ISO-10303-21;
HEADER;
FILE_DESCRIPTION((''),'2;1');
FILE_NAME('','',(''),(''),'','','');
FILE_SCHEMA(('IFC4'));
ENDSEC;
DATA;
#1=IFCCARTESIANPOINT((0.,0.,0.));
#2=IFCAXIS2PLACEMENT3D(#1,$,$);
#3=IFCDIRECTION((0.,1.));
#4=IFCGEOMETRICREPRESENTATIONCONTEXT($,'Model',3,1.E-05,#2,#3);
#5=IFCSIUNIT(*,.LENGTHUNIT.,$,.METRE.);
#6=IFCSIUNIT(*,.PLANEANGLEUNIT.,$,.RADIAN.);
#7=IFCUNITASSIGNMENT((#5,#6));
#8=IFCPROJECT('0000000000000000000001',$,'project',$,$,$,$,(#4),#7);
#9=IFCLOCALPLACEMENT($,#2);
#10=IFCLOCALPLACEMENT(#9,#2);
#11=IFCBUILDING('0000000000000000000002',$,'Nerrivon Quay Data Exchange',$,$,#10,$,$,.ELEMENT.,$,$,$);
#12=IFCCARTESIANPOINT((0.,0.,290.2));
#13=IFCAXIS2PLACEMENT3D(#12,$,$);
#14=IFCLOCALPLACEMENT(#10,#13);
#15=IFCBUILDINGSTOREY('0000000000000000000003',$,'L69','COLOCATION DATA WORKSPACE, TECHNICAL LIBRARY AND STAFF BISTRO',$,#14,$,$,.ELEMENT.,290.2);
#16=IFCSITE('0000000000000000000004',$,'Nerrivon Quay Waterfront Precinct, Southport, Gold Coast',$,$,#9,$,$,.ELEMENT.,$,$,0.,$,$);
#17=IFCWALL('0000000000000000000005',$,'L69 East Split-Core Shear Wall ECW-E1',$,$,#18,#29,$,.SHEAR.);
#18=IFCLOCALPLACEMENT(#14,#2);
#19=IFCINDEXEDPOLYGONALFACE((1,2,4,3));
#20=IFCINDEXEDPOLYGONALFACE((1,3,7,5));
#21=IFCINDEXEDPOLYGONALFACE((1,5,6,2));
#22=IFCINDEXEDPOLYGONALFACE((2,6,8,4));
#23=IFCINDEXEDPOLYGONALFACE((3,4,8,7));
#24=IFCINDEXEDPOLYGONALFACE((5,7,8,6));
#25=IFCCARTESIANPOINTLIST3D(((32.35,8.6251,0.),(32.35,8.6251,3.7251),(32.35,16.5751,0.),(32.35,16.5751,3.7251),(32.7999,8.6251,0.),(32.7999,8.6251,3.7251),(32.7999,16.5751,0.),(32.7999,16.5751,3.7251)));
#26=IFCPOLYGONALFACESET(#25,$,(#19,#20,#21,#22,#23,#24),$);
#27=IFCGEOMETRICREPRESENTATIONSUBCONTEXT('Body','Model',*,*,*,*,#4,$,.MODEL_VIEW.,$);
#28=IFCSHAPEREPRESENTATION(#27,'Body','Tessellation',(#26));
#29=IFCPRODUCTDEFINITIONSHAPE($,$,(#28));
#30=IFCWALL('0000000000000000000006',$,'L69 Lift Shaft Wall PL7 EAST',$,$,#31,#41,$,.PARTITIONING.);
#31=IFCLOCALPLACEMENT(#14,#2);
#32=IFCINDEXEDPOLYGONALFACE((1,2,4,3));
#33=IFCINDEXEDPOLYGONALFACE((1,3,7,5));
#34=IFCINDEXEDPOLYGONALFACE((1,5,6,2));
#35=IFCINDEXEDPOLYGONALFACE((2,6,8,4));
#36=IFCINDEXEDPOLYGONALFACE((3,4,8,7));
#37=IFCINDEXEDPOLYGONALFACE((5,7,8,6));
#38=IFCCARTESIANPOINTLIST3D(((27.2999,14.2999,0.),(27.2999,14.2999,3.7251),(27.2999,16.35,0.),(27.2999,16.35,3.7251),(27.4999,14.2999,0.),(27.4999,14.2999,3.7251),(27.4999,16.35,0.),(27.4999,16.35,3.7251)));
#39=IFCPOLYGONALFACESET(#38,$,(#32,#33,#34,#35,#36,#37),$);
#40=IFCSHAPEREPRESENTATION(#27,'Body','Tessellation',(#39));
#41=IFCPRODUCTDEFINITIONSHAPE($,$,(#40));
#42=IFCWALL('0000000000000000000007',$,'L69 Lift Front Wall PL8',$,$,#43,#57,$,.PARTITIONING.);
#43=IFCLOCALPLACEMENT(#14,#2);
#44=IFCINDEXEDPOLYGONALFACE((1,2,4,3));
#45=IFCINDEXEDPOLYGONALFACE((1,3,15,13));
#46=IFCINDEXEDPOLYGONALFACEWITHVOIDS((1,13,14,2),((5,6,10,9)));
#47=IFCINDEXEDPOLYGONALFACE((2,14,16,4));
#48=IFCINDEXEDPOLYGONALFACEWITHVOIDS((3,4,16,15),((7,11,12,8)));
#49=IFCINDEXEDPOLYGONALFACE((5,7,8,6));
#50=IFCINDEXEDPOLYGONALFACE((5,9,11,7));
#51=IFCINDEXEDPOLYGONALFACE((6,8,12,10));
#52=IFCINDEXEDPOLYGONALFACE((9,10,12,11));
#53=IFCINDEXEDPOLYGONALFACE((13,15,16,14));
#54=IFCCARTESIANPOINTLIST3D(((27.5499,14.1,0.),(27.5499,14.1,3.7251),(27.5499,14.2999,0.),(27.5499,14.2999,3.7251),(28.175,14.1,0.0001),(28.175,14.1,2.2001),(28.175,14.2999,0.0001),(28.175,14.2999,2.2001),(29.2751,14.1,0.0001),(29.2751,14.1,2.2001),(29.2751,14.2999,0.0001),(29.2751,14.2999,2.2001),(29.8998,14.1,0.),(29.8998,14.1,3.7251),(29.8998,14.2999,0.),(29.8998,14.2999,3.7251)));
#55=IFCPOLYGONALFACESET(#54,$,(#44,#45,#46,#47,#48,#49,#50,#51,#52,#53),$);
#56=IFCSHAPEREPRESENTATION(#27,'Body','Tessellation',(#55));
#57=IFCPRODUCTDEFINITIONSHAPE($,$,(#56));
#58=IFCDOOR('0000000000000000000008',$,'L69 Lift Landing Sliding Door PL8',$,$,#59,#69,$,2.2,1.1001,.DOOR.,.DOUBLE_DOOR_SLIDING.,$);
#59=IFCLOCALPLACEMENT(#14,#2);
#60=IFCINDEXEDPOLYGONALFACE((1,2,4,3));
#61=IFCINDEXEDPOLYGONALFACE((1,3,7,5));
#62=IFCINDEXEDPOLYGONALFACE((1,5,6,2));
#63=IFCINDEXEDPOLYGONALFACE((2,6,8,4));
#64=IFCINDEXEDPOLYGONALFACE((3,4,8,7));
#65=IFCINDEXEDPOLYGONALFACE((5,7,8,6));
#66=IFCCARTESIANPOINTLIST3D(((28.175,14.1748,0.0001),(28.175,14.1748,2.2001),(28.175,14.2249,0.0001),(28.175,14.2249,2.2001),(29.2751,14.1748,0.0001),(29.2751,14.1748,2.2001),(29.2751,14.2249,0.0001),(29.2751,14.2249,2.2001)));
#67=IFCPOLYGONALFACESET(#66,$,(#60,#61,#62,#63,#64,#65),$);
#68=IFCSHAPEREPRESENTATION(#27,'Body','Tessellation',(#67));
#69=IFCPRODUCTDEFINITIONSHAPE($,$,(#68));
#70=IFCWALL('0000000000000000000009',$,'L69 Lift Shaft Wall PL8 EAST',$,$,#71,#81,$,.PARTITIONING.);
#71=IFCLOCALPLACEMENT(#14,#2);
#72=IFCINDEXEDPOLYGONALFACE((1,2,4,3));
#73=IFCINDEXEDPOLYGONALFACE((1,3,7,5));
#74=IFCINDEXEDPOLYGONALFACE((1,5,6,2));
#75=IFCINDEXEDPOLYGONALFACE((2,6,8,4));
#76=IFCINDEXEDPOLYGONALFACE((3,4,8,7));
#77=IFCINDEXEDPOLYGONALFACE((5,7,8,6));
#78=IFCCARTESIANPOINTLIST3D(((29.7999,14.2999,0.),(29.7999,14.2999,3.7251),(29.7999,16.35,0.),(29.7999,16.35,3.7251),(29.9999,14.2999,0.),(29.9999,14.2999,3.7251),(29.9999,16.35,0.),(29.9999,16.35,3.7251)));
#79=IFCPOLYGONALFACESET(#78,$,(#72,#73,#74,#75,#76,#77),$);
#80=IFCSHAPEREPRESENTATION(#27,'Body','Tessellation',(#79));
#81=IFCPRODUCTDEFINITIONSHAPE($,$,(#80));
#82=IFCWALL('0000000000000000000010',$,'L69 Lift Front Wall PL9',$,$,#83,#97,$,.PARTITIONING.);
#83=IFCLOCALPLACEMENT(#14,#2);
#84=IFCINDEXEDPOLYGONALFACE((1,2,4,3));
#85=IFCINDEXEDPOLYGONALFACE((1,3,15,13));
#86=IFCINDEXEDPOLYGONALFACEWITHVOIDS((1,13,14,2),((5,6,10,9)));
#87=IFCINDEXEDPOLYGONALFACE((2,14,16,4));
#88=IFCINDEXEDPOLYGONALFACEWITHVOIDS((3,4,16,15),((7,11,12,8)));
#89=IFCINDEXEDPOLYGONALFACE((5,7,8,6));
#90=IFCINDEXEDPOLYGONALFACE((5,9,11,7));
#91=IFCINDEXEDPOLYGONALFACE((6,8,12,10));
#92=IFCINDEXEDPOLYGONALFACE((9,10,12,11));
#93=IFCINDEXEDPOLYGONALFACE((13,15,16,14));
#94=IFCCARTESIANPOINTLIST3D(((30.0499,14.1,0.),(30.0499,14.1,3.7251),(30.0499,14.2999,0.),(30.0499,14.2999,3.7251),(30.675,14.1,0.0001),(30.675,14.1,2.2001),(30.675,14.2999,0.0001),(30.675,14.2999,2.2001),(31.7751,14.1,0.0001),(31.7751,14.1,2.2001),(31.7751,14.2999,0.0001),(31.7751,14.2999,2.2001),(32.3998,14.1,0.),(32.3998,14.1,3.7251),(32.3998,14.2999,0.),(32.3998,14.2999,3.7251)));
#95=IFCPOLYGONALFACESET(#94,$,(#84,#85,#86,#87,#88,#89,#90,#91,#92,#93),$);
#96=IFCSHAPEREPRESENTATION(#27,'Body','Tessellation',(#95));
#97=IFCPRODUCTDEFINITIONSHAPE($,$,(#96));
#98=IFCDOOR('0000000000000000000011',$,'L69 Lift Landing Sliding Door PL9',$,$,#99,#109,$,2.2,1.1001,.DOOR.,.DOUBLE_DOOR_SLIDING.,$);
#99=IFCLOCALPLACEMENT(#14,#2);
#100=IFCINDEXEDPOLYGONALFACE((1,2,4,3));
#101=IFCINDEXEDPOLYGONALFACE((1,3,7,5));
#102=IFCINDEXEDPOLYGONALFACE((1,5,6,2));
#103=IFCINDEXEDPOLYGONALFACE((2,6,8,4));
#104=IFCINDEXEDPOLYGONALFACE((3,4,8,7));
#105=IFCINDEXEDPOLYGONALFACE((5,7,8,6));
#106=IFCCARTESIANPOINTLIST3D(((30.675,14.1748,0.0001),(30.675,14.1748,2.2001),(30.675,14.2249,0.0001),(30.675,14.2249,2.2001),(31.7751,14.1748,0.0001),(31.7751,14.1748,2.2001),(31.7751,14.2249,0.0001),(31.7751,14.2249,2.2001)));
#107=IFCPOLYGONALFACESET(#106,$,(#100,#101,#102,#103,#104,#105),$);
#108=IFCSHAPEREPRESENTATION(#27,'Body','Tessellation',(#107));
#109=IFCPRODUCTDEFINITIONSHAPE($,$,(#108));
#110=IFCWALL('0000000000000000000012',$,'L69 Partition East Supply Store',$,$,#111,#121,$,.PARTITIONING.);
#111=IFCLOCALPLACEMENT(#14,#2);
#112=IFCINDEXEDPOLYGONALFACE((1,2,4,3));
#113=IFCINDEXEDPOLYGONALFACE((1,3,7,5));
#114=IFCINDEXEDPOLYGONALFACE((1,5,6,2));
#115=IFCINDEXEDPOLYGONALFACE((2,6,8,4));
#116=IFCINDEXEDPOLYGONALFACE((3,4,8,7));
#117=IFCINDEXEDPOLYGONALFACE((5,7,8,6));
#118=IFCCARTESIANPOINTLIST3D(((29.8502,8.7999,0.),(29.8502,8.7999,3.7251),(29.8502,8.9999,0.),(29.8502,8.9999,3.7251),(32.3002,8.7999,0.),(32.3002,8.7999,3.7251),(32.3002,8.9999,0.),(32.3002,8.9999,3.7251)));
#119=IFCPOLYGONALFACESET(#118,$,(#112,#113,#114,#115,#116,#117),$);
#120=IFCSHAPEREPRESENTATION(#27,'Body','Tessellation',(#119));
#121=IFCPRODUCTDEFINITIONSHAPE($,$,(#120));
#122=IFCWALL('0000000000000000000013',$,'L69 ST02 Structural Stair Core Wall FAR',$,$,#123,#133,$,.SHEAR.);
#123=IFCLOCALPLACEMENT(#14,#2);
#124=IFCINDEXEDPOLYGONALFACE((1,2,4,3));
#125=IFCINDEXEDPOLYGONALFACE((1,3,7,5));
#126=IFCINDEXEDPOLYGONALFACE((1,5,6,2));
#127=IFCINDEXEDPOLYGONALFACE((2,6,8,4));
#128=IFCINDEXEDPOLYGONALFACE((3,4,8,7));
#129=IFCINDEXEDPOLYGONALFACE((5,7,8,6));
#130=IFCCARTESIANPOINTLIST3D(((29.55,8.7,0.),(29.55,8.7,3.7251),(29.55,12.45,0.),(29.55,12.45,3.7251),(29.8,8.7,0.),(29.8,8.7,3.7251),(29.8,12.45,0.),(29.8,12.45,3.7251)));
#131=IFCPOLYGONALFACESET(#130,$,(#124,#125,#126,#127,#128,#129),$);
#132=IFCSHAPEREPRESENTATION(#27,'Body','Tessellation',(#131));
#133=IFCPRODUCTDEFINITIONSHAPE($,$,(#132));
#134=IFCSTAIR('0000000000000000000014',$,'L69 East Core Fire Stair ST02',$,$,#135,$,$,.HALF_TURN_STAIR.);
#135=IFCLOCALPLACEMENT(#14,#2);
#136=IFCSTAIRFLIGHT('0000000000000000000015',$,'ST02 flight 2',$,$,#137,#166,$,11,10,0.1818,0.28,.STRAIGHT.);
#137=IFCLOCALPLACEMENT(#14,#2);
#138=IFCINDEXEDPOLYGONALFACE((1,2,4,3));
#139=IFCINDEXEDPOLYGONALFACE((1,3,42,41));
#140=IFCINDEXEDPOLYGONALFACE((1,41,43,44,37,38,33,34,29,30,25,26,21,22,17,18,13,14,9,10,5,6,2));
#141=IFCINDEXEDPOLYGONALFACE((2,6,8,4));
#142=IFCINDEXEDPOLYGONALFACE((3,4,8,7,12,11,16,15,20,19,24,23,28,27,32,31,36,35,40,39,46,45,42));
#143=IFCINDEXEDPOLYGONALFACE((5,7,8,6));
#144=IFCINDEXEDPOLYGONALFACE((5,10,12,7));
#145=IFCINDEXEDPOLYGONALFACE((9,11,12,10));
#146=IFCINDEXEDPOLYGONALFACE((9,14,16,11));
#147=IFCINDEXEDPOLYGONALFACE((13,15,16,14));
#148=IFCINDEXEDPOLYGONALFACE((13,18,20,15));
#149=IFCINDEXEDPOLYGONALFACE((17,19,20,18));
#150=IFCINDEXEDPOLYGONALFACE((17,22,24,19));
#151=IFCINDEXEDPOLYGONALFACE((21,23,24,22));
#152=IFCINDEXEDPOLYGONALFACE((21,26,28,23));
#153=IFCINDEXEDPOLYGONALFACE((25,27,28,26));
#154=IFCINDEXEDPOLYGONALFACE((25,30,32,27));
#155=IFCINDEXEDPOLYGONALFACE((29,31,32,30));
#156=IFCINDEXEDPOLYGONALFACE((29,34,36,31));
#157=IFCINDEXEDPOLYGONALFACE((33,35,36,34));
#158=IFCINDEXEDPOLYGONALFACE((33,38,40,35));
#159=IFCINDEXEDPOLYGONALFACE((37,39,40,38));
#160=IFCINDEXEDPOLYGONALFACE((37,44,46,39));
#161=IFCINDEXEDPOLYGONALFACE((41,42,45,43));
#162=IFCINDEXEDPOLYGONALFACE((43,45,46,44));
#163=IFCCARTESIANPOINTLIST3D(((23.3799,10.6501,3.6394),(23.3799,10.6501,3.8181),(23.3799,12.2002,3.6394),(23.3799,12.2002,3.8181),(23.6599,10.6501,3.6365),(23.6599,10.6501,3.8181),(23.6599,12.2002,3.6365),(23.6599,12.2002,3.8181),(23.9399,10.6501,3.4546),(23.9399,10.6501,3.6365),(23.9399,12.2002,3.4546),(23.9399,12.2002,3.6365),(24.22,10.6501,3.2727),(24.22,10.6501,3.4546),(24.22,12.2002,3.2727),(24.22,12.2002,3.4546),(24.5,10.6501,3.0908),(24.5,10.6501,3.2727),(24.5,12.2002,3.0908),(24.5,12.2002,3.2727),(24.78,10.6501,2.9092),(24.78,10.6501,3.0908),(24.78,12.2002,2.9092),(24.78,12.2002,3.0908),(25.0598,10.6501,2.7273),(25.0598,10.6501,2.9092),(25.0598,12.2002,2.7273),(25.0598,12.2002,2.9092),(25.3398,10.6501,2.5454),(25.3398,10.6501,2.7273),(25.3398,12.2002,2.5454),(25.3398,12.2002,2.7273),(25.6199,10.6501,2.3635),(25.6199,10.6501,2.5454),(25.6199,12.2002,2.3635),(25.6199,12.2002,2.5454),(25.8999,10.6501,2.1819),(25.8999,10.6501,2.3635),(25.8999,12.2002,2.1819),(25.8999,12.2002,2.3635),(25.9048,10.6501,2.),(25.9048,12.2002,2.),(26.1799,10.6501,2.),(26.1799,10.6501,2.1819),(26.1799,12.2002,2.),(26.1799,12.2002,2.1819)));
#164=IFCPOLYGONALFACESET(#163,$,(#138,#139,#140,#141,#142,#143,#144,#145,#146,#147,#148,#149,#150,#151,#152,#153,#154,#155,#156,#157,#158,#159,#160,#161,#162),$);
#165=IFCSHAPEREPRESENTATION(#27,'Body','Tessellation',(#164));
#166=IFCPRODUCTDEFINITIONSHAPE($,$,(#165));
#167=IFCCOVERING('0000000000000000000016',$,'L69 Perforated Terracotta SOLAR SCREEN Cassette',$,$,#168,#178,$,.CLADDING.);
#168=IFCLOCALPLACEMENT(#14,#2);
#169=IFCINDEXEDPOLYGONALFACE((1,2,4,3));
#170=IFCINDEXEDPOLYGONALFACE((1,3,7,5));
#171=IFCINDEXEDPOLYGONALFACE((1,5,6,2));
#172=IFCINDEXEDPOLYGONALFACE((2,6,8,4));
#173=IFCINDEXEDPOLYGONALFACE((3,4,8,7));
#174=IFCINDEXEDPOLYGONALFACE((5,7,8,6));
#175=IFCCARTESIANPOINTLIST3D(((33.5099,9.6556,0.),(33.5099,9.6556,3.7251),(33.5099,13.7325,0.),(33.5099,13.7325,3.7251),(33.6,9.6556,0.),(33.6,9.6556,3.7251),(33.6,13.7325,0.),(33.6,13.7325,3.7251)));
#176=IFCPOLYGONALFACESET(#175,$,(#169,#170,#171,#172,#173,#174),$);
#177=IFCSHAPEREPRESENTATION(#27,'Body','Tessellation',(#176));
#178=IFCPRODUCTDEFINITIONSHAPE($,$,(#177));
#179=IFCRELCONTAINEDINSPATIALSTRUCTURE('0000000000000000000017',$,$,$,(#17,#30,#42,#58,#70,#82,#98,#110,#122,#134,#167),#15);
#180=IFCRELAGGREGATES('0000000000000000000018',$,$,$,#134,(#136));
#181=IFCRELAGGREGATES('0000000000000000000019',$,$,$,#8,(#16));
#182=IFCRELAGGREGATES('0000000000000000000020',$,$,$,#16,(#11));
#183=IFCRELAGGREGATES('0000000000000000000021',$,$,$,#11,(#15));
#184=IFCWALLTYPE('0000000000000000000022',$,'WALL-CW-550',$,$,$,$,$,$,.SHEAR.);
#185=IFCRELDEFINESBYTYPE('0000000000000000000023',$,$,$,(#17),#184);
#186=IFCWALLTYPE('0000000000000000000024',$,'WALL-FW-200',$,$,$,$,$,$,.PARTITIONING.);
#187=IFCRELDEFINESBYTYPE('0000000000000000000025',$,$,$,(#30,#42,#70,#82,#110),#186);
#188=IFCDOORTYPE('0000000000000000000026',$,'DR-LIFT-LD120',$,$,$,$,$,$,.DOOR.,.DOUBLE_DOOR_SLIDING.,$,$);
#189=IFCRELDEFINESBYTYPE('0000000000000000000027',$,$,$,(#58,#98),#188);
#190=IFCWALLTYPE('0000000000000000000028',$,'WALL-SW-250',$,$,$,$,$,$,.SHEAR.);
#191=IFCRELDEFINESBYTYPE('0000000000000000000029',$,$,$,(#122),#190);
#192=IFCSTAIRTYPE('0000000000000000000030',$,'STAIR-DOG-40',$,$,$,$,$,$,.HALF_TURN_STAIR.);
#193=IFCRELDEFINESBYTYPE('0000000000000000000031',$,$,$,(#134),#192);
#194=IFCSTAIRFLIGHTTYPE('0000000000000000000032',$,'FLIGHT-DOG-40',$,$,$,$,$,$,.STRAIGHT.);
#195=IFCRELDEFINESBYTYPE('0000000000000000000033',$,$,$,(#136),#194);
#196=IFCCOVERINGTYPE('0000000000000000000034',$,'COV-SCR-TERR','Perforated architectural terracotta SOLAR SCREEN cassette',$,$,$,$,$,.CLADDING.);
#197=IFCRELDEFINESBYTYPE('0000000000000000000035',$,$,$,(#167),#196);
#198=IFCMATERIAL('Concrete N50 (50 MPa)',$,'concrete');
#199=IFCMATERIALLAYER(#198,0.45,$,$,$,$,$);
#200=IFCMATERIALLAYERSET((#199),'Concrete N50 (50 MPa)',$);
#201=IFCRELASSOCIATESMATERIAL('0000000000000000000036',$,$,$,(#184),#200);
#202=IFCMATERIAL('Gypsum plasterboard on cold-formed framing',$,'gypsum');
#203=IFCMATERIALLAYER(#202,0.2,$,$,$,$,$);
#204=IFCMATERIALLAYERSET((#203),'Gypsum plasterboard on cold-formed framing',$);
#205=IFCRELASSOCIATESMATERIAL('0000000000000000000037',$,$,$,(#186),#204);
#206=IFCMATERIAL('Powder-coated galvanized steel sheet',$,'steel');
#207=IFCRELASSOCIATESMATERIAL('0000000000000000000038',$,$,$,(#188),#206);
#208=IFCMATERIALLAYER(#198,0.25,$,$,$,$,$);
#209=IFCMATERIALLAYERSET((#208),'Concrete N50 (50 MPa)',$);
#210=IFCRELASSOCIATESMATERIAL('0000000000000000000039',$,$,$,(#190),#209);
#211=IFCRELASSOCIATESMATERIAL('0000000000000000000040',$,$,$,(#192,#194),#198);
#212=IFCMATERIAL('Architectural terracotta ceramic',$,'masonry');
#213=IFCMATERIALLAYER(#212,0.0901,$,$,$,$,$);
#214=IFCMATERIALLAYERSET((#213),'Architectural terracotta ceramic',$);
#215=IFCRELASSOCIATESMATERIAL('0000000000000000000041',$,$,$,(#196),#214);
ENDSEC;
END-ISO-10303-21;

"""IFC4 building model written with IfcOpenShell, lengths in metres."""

from ifc_helpers import new_model, si_unit, direction, frame, frame_2d, origin, origin_2d, place, context, subcontext, project, spatial, polyline, rectangle, outline, extrude, material, layer, layer_set, type_object, element, fill, aggregate, save


model = new_model("IFC4")

# Units and contexts
model_context = context("Model", 3, precision=1e-05, world=origin(), true_north=direction((0.0, 1.0)))
body_context = subcontext(model_context, "Body", "Model", "MODEL_VIEW")
ifc_project = project(units=[si_unit("LENGTHUNIT", "METRE"), si_unit("PLANEANGLEUNIT", "RADIAN")], contexts=[model_context])

# Site, building, storey
site_placement = place(None, origin())
site = spatial("IfcSite", under=ifc_project, at=site_placement, Name="Nerrivon Quay Waterfront Precinct, Southport, Gold Coast", CompositionType="ELEMENT", RefElevation=0.0)
building_placement = place(site_placement, origin())
building = spatial("IfcBuilding", under=site, at=building_placement, Name="Nerrivon Quay Data Exchange", CompositionType="ELEMENT")
storey_placement = place(building_placement, frame((0.0, 0.0, 290.2)))
storey = spatial("IfcBuildingStorey", under=building, at=storey_placement, Name="L69", Description="COLOCATION DATA WORKSPACE, TECHNICAL LIBRARY AND STAFF BISTRO", CompositionType="ELEMENT", Elevation=290.2)

# Shared definitions
ifc_material_1 = material(Name="Concrete N50 (50 MPa)", Category="concrete")

# Walls
ifc_layer_1 = layer(ifc_material_1, 0.45)
ifc_layer_set_1 = layer_set([ifc_layer_1], Name="Concrete N50 (50 MPa)")
wall_type_1 = type_object("IfcWallType", Name="WALL-CW-550", PredefinedType="SHEAR", material=ifc_layer_set_1)
wall_1_placement = place(storey_placement, frame((32.575, 8.625, 0.0), z_axis=(0.0, 0.0, 1.0), x_axis=(0.0, 1.0, 0.0)))
element("IfcWall", 1, at=wall_1_placement, inside=storey, type_object=wall_type_1, Name="L69 East Split-Core Shear Wall ECW-E1", PredefinedType="SHEAR", context=body_context, shape_type="SweptSolid", body=[
    extrude(rectangle(XDim=7.95, YDim=0.45, at=frame_2d((3.9751, 0.0))), origin(), (0.0, 0.0, 1.0), 3.7251),
])
ifc_material_2 = material(Name="Gypsum plasterboard on cold-formed framing", Category="gypsum")
ifc_layer_2 = layer(ifc_material_2, 0.2)
ifc_layer_set_2 = layer_set([ifc_layer_2], Name="Gypsum plasterboard on cold-formed framing")
wall_type_2 = type_object("IfcWallType", Name="WALL-FW-200", PredefinedType="PARTITIONING", material=ifc_layer_set_2)
wall_2_placement = place(storey_placement, frame((27.3999, 14.3, 0.0), z_axis=(0.0, 0.0, 1.0), x_axis=(0.0, 1.0, 0.0)))
element("IfcWall", 2, at=wall_2_placement, inside=storey, type_object=wall_type_2, Name="L69 Lift Shaft Wall PL7 EAST", PredefinedType="PARTITIONING", context=body_context, shape_type="SweptSolid", body=[
    extrude(rectangle(XDim=2.05, YDim=0.2, at=frame_2d((1.0249, 0.0))), origin(), (0.0, 0.0, 1.0), 3.7251),
])

# Wall, opening, door
wall_3_placement = place(storey_placement, frame((27.55, 14.2, 0.0), z_axis=(0.0, 0.0, 1.0), x_axis=(1.0, 0.0, 0.0)))
wall_3 = element("IfcWall", 3, at=wall_3_placement, inside=storey, type_object=wall_type_2, Name="L69 Lift Front Wall PL8", PredefinedType="PARTITIONING", context=body_context, shape_type="SweptSolid", body=[
    extrude(rectangle(XDim=2.3499, YDim=0.2, at=frame_2d((1.1748, 0.0))), origin(), (0.0, 0.0, 1.0), 3.7251),
])
opening_1_placement = place(wall_3_placement, frame((0.625, 0.0, 0.0)))
opening_1 = element("IfcOpeningElement", 4, at=opening_1_placement, cuts=wall_3, PredefinedType="OPENING", context=body_context, shape_type="SweptSolid", body=[
    extrude(rectangle(XDim=1.1001, YDim=2.2, at=frame_2d((0.55, 1.1001))), frame((0.0, 0.1099, 0.0), z_axis=(0.0, -1.0, 0.0), x_axis=(1.0, 0.0, 0.0)), (0.0, 0.0, 1.0), 0.22),
])
ifc_material_3 = material(Name="Powder-coated galvanized steel sheet", Category="steel")
door_type_1 = type_object("IfcDoorType", Name="DR-LIFT-LD120", OperationType="DOUBLE_DOOR_SLIDING", PredefinedType="DOOR", material=ifc_material_3)
door_1_placement = place(opening_1_placement, origin())
door_1 = element("IfcDoor", 5, at=door_1_placement, inside=storey, type_object=door_type_1, Name="L69 Lift Landing Sliding Door PL8", OperationType="DOUBLE_DOOR_SLIDING", OverallHeight=2.2, OverallWidth=1.1001, PredefinedType="DOOR", context=body_context, shape_type="SweptSolid", body=[
    extrude(rectangle(XDim=1.1001, YDim=2.2, at=frame_2d((0.55, 1.1001))), frame((0.0, 0.0249, 0.0), z_axis=(0.0, -1.0, 0.0), x_axis=(1.0, 0.0, 0.0)), (0.0, 0.0, 1.0), 0.05),
])
fill(opening_1, door_1)

# Wall
wall_4_placement = place(storey_placement, frame((29.8999, 14.3, 0.0), z_axis=(0.0, 0.0, 1.0), x_axis=(0.0, 1.0, 0.0)))
element("IfcWall", 6, at=wall_4_placement, inside=storey, type_object=wall_type_2, Name="L69 Lift Shaft Wall PL8 EAST", PredefinedType="PARTITIONING", context=body_context, shape_type="SweptSolid", body=[
    extrude(rectangle(XDim=2.05, YDim=0.2, at=frame_2d((1.0249, 0.0))), origin(), (0.0, 0.0, 1.0), 3.7251),
])

# Wall, opening, door
wall_5_placement = place(storey_placement, frame((30.05, 14.2, 0.0), z_axis=(0.0, 0.0, 1.0), x_axis=(1.0, 0.0, 0.0)))
wall_5 = element("IfcWall", 7, at=wall_5_placement, inside=storey, type_object=wall_type_2, Name="L69 Lift Front Wall PL9", PredefinedType="PARTITIONING", context=body_context, shape_type="SweptSolid", body=[
    extrude(rectangle(XDim=2.3499, YDim=0.2, at=frame_2d((1.1748, 0.0))), origin(), (0.0, 0.0, 1.0), 3.7251),
])
opening_2_placement = place(wall_5_placement, frame((0.625, 0.0, 0.0)))
opening_2 = element("IfcOpeningElement", 8, at=opening_2_placement, cuts=wall_5, PredefinedType="OPENING", context=body_context, shape_type="SweptSolid", body=[
    extrude(rectangle(XDim=1.1001, YDim=2.2, at=frame_2d((0.55, 1.1001))), frame((0.0, 0.1099, 0.0), z_axis=(0.0, -1.0, 0.0), x_axis=(1.0, 0.0, 0.0)), (0.0, 0.0, 1.0), 0.22),
])
door_2_placement = place(opening_2_placement, origin())
door_2 = element("IfcDoor", 9, at=door_2_placement, inside=storey, type_object=door_type_1, Name="L69 Lift Landing Sliding Door PL9", OperationType="DOUBLE_DOOR_SLIDING", OverallHeight=2.2, OverallWidth=1.1001, PredefinedType="DOOR", context=body_context, shape_type="SweptSolid", body=[
    extrude(rectangle(XDim=1.1001, YDim=2.2, at=frame_2d((0.55, 1.1001))), frame((0.0, 0.0249, 0.0), z_axis=(0.0, -1.0, 0.0), x_axis=(1.0, 0.0, 0.0)), (0.0, 0.0, 1.0), 0.05),
])
fill(opening_2, door_2)

# Walls
wall_6_placement = place(storey_placement, frame((29.8501, 8.8999, 0.0), z_axis=(0.0, 0.0, 1.0), x_axis=(1.0, 0.0, 0.0)))
element("IfcWall", 10, at=wall_6_placement, inside=storey, type_object=wall_type_2, Name="L69 Partition East Supply Store", PredefinedType="PARTITIONING", context=body_context, shape_type="SweptSolid", body=[
    extrude(rectangle(XDim=2.45, YDim=0.2, at=frame_2d((1.2251, 0.0))), origin(), (0.0, 0.0, 1.0), 3.7251),
])
ifc_layer_3 = layer(ifc_material_1, 0.25)
ifc_layer_set_3 = layer_set([ifc_layer_3], Name="Concrete N50 (50 MPa)")
wall_type_3 = type_object("IfcWallType", Name="WALL-SW-250", PredefinedType="SHEAR", material=ifc_layer_set_3)
wall_7_placement = place(storey_placement, frame((29.675, 8.7, 0.0), z_axis=(0.0, 0.0, 1.0), x_axis=(0.0, 1.0, 0.0)))
element("IfcWall", 11, at=wall_7_placement, inside=storey, type_object=wall_type_3, Name="L69 ST02 Structural Stair Core Wall FAR", PredefinedType="SHEAR", context=body_context, shape_type="SweptSolid", body=[
    extrude(rectangle(XDim=3.75, YDim=0.25, at=frame_2d((1.875, 0.0))), origin(), (0.0, 0.0, 1.0), 3.7251),
])

# Stair, stair flight
stair_type = type_object("IfcStairType", Name="STAIR-DOG-40", PredefinedType="HALF_TURN_STAIR", material=ifc_material_1)
stair_placement = place(storey_placement, origin())
stair = element("IfcStair", 12, at=stair_placement, inside=storey, type_object=stair_type, Name="L69 East Core Fire Stair ST02", PredefinedType="HALF_TURN_STAIR")
stair_flight_type = type_object("IfcStairFlightType", Name="FLIGHT-DOG-40", PredefinedType="STRAIGHT", material=ifc_material_1)
stair_flight_placement = place(storey_placement, frame((26.1799, 11.425, 2.0), z_axis=(0.0, 0.0, 1.0), x_axis=(-1.0, 0.0, 0.0)))
stair_flight = element("IfcStairFlight", 13, at=stair_flight_placement, type_object=stair_flight_type, Name="ST02 flight 2", NumberOfRisers=11, NumberOfTreads=10, PredefinedType="STRAIGHT", RiserHeight=0.1818, TreadLength=0.28, context=body_context, shape_type="SweptSolid", body=[
    extrude(outline(polyline([(0.0, 0.0), (0.0, 0.1819), (0.28, 0.1819), (0.28, 0.3635), (0.5601, 0.3635), (0.5601, 0.5454), (0.8401, 0.5454), (0.8401, 0.7273), (1.1201, 0.7273), (1.1201, 0.9092), (1.3999, 0.9092), (1.3999, 1.0908), (1.6799, 1.0908), (1.6799, 1.2727), (1.96, 1.2727), (1.96, 1.4546), (2.24, 1.4546), (2.24, 1.6365), (2.52, 1.6365), (2.52, 1.8181), (2.8, 1.8181), (2.8, 2.0), (2.8, 1.6394), (0.2751, 0.0), (0.0, 0.0)])), frame((0.0, 0.7749, 0.0), z_axis=(0.0, -1.0, 0.0), x_axis=(1.0, 0.0, 0.0)), (0.0, 0.0, 1.0), 1.55),
])
aggregate(stair, [stair_flight])

# Covering
ifc_material_4 = material(Name="Architectural terracotta ceramic", Category="masonry")
ifc_layer_4 = layer(ifc_material_4, 0.0901)
ifc_layer_set_4 = layer_set([ifc_layer_4], Name="Architectural terracotta ceramic")
covering_type = type_object("IfcCoveringType", Name="COV-SCR-TERR", Description="Perforated architectural terracotta SOLAR SCREEN cassette", PredefinedType="CLADDING", material=ifc_layer_set_4)
covering_placement = place(storey_placement, frame((33.5549, 11.6941, 0.0), z_axis=(0.0, 0.0, 1.0), x_axis=(0.0, -1.0, 0.0)))
element("IfcCovering", 14, at=covering_placement, inside=storey, type_object=covering_type, Name="L69 Perforated Terracotta SOLAR SCREEN Cassette", PredefinedType="CLADDING", context=body_context, shape_type="SweptSolid", body=[
    extrude(rectangle(XDim=4.0769, YDim=0.0901, at=origin_2d()), origin(), (0.0, 0.0, 1.0), 3.7251),
])

save(model, "model.ifc")
